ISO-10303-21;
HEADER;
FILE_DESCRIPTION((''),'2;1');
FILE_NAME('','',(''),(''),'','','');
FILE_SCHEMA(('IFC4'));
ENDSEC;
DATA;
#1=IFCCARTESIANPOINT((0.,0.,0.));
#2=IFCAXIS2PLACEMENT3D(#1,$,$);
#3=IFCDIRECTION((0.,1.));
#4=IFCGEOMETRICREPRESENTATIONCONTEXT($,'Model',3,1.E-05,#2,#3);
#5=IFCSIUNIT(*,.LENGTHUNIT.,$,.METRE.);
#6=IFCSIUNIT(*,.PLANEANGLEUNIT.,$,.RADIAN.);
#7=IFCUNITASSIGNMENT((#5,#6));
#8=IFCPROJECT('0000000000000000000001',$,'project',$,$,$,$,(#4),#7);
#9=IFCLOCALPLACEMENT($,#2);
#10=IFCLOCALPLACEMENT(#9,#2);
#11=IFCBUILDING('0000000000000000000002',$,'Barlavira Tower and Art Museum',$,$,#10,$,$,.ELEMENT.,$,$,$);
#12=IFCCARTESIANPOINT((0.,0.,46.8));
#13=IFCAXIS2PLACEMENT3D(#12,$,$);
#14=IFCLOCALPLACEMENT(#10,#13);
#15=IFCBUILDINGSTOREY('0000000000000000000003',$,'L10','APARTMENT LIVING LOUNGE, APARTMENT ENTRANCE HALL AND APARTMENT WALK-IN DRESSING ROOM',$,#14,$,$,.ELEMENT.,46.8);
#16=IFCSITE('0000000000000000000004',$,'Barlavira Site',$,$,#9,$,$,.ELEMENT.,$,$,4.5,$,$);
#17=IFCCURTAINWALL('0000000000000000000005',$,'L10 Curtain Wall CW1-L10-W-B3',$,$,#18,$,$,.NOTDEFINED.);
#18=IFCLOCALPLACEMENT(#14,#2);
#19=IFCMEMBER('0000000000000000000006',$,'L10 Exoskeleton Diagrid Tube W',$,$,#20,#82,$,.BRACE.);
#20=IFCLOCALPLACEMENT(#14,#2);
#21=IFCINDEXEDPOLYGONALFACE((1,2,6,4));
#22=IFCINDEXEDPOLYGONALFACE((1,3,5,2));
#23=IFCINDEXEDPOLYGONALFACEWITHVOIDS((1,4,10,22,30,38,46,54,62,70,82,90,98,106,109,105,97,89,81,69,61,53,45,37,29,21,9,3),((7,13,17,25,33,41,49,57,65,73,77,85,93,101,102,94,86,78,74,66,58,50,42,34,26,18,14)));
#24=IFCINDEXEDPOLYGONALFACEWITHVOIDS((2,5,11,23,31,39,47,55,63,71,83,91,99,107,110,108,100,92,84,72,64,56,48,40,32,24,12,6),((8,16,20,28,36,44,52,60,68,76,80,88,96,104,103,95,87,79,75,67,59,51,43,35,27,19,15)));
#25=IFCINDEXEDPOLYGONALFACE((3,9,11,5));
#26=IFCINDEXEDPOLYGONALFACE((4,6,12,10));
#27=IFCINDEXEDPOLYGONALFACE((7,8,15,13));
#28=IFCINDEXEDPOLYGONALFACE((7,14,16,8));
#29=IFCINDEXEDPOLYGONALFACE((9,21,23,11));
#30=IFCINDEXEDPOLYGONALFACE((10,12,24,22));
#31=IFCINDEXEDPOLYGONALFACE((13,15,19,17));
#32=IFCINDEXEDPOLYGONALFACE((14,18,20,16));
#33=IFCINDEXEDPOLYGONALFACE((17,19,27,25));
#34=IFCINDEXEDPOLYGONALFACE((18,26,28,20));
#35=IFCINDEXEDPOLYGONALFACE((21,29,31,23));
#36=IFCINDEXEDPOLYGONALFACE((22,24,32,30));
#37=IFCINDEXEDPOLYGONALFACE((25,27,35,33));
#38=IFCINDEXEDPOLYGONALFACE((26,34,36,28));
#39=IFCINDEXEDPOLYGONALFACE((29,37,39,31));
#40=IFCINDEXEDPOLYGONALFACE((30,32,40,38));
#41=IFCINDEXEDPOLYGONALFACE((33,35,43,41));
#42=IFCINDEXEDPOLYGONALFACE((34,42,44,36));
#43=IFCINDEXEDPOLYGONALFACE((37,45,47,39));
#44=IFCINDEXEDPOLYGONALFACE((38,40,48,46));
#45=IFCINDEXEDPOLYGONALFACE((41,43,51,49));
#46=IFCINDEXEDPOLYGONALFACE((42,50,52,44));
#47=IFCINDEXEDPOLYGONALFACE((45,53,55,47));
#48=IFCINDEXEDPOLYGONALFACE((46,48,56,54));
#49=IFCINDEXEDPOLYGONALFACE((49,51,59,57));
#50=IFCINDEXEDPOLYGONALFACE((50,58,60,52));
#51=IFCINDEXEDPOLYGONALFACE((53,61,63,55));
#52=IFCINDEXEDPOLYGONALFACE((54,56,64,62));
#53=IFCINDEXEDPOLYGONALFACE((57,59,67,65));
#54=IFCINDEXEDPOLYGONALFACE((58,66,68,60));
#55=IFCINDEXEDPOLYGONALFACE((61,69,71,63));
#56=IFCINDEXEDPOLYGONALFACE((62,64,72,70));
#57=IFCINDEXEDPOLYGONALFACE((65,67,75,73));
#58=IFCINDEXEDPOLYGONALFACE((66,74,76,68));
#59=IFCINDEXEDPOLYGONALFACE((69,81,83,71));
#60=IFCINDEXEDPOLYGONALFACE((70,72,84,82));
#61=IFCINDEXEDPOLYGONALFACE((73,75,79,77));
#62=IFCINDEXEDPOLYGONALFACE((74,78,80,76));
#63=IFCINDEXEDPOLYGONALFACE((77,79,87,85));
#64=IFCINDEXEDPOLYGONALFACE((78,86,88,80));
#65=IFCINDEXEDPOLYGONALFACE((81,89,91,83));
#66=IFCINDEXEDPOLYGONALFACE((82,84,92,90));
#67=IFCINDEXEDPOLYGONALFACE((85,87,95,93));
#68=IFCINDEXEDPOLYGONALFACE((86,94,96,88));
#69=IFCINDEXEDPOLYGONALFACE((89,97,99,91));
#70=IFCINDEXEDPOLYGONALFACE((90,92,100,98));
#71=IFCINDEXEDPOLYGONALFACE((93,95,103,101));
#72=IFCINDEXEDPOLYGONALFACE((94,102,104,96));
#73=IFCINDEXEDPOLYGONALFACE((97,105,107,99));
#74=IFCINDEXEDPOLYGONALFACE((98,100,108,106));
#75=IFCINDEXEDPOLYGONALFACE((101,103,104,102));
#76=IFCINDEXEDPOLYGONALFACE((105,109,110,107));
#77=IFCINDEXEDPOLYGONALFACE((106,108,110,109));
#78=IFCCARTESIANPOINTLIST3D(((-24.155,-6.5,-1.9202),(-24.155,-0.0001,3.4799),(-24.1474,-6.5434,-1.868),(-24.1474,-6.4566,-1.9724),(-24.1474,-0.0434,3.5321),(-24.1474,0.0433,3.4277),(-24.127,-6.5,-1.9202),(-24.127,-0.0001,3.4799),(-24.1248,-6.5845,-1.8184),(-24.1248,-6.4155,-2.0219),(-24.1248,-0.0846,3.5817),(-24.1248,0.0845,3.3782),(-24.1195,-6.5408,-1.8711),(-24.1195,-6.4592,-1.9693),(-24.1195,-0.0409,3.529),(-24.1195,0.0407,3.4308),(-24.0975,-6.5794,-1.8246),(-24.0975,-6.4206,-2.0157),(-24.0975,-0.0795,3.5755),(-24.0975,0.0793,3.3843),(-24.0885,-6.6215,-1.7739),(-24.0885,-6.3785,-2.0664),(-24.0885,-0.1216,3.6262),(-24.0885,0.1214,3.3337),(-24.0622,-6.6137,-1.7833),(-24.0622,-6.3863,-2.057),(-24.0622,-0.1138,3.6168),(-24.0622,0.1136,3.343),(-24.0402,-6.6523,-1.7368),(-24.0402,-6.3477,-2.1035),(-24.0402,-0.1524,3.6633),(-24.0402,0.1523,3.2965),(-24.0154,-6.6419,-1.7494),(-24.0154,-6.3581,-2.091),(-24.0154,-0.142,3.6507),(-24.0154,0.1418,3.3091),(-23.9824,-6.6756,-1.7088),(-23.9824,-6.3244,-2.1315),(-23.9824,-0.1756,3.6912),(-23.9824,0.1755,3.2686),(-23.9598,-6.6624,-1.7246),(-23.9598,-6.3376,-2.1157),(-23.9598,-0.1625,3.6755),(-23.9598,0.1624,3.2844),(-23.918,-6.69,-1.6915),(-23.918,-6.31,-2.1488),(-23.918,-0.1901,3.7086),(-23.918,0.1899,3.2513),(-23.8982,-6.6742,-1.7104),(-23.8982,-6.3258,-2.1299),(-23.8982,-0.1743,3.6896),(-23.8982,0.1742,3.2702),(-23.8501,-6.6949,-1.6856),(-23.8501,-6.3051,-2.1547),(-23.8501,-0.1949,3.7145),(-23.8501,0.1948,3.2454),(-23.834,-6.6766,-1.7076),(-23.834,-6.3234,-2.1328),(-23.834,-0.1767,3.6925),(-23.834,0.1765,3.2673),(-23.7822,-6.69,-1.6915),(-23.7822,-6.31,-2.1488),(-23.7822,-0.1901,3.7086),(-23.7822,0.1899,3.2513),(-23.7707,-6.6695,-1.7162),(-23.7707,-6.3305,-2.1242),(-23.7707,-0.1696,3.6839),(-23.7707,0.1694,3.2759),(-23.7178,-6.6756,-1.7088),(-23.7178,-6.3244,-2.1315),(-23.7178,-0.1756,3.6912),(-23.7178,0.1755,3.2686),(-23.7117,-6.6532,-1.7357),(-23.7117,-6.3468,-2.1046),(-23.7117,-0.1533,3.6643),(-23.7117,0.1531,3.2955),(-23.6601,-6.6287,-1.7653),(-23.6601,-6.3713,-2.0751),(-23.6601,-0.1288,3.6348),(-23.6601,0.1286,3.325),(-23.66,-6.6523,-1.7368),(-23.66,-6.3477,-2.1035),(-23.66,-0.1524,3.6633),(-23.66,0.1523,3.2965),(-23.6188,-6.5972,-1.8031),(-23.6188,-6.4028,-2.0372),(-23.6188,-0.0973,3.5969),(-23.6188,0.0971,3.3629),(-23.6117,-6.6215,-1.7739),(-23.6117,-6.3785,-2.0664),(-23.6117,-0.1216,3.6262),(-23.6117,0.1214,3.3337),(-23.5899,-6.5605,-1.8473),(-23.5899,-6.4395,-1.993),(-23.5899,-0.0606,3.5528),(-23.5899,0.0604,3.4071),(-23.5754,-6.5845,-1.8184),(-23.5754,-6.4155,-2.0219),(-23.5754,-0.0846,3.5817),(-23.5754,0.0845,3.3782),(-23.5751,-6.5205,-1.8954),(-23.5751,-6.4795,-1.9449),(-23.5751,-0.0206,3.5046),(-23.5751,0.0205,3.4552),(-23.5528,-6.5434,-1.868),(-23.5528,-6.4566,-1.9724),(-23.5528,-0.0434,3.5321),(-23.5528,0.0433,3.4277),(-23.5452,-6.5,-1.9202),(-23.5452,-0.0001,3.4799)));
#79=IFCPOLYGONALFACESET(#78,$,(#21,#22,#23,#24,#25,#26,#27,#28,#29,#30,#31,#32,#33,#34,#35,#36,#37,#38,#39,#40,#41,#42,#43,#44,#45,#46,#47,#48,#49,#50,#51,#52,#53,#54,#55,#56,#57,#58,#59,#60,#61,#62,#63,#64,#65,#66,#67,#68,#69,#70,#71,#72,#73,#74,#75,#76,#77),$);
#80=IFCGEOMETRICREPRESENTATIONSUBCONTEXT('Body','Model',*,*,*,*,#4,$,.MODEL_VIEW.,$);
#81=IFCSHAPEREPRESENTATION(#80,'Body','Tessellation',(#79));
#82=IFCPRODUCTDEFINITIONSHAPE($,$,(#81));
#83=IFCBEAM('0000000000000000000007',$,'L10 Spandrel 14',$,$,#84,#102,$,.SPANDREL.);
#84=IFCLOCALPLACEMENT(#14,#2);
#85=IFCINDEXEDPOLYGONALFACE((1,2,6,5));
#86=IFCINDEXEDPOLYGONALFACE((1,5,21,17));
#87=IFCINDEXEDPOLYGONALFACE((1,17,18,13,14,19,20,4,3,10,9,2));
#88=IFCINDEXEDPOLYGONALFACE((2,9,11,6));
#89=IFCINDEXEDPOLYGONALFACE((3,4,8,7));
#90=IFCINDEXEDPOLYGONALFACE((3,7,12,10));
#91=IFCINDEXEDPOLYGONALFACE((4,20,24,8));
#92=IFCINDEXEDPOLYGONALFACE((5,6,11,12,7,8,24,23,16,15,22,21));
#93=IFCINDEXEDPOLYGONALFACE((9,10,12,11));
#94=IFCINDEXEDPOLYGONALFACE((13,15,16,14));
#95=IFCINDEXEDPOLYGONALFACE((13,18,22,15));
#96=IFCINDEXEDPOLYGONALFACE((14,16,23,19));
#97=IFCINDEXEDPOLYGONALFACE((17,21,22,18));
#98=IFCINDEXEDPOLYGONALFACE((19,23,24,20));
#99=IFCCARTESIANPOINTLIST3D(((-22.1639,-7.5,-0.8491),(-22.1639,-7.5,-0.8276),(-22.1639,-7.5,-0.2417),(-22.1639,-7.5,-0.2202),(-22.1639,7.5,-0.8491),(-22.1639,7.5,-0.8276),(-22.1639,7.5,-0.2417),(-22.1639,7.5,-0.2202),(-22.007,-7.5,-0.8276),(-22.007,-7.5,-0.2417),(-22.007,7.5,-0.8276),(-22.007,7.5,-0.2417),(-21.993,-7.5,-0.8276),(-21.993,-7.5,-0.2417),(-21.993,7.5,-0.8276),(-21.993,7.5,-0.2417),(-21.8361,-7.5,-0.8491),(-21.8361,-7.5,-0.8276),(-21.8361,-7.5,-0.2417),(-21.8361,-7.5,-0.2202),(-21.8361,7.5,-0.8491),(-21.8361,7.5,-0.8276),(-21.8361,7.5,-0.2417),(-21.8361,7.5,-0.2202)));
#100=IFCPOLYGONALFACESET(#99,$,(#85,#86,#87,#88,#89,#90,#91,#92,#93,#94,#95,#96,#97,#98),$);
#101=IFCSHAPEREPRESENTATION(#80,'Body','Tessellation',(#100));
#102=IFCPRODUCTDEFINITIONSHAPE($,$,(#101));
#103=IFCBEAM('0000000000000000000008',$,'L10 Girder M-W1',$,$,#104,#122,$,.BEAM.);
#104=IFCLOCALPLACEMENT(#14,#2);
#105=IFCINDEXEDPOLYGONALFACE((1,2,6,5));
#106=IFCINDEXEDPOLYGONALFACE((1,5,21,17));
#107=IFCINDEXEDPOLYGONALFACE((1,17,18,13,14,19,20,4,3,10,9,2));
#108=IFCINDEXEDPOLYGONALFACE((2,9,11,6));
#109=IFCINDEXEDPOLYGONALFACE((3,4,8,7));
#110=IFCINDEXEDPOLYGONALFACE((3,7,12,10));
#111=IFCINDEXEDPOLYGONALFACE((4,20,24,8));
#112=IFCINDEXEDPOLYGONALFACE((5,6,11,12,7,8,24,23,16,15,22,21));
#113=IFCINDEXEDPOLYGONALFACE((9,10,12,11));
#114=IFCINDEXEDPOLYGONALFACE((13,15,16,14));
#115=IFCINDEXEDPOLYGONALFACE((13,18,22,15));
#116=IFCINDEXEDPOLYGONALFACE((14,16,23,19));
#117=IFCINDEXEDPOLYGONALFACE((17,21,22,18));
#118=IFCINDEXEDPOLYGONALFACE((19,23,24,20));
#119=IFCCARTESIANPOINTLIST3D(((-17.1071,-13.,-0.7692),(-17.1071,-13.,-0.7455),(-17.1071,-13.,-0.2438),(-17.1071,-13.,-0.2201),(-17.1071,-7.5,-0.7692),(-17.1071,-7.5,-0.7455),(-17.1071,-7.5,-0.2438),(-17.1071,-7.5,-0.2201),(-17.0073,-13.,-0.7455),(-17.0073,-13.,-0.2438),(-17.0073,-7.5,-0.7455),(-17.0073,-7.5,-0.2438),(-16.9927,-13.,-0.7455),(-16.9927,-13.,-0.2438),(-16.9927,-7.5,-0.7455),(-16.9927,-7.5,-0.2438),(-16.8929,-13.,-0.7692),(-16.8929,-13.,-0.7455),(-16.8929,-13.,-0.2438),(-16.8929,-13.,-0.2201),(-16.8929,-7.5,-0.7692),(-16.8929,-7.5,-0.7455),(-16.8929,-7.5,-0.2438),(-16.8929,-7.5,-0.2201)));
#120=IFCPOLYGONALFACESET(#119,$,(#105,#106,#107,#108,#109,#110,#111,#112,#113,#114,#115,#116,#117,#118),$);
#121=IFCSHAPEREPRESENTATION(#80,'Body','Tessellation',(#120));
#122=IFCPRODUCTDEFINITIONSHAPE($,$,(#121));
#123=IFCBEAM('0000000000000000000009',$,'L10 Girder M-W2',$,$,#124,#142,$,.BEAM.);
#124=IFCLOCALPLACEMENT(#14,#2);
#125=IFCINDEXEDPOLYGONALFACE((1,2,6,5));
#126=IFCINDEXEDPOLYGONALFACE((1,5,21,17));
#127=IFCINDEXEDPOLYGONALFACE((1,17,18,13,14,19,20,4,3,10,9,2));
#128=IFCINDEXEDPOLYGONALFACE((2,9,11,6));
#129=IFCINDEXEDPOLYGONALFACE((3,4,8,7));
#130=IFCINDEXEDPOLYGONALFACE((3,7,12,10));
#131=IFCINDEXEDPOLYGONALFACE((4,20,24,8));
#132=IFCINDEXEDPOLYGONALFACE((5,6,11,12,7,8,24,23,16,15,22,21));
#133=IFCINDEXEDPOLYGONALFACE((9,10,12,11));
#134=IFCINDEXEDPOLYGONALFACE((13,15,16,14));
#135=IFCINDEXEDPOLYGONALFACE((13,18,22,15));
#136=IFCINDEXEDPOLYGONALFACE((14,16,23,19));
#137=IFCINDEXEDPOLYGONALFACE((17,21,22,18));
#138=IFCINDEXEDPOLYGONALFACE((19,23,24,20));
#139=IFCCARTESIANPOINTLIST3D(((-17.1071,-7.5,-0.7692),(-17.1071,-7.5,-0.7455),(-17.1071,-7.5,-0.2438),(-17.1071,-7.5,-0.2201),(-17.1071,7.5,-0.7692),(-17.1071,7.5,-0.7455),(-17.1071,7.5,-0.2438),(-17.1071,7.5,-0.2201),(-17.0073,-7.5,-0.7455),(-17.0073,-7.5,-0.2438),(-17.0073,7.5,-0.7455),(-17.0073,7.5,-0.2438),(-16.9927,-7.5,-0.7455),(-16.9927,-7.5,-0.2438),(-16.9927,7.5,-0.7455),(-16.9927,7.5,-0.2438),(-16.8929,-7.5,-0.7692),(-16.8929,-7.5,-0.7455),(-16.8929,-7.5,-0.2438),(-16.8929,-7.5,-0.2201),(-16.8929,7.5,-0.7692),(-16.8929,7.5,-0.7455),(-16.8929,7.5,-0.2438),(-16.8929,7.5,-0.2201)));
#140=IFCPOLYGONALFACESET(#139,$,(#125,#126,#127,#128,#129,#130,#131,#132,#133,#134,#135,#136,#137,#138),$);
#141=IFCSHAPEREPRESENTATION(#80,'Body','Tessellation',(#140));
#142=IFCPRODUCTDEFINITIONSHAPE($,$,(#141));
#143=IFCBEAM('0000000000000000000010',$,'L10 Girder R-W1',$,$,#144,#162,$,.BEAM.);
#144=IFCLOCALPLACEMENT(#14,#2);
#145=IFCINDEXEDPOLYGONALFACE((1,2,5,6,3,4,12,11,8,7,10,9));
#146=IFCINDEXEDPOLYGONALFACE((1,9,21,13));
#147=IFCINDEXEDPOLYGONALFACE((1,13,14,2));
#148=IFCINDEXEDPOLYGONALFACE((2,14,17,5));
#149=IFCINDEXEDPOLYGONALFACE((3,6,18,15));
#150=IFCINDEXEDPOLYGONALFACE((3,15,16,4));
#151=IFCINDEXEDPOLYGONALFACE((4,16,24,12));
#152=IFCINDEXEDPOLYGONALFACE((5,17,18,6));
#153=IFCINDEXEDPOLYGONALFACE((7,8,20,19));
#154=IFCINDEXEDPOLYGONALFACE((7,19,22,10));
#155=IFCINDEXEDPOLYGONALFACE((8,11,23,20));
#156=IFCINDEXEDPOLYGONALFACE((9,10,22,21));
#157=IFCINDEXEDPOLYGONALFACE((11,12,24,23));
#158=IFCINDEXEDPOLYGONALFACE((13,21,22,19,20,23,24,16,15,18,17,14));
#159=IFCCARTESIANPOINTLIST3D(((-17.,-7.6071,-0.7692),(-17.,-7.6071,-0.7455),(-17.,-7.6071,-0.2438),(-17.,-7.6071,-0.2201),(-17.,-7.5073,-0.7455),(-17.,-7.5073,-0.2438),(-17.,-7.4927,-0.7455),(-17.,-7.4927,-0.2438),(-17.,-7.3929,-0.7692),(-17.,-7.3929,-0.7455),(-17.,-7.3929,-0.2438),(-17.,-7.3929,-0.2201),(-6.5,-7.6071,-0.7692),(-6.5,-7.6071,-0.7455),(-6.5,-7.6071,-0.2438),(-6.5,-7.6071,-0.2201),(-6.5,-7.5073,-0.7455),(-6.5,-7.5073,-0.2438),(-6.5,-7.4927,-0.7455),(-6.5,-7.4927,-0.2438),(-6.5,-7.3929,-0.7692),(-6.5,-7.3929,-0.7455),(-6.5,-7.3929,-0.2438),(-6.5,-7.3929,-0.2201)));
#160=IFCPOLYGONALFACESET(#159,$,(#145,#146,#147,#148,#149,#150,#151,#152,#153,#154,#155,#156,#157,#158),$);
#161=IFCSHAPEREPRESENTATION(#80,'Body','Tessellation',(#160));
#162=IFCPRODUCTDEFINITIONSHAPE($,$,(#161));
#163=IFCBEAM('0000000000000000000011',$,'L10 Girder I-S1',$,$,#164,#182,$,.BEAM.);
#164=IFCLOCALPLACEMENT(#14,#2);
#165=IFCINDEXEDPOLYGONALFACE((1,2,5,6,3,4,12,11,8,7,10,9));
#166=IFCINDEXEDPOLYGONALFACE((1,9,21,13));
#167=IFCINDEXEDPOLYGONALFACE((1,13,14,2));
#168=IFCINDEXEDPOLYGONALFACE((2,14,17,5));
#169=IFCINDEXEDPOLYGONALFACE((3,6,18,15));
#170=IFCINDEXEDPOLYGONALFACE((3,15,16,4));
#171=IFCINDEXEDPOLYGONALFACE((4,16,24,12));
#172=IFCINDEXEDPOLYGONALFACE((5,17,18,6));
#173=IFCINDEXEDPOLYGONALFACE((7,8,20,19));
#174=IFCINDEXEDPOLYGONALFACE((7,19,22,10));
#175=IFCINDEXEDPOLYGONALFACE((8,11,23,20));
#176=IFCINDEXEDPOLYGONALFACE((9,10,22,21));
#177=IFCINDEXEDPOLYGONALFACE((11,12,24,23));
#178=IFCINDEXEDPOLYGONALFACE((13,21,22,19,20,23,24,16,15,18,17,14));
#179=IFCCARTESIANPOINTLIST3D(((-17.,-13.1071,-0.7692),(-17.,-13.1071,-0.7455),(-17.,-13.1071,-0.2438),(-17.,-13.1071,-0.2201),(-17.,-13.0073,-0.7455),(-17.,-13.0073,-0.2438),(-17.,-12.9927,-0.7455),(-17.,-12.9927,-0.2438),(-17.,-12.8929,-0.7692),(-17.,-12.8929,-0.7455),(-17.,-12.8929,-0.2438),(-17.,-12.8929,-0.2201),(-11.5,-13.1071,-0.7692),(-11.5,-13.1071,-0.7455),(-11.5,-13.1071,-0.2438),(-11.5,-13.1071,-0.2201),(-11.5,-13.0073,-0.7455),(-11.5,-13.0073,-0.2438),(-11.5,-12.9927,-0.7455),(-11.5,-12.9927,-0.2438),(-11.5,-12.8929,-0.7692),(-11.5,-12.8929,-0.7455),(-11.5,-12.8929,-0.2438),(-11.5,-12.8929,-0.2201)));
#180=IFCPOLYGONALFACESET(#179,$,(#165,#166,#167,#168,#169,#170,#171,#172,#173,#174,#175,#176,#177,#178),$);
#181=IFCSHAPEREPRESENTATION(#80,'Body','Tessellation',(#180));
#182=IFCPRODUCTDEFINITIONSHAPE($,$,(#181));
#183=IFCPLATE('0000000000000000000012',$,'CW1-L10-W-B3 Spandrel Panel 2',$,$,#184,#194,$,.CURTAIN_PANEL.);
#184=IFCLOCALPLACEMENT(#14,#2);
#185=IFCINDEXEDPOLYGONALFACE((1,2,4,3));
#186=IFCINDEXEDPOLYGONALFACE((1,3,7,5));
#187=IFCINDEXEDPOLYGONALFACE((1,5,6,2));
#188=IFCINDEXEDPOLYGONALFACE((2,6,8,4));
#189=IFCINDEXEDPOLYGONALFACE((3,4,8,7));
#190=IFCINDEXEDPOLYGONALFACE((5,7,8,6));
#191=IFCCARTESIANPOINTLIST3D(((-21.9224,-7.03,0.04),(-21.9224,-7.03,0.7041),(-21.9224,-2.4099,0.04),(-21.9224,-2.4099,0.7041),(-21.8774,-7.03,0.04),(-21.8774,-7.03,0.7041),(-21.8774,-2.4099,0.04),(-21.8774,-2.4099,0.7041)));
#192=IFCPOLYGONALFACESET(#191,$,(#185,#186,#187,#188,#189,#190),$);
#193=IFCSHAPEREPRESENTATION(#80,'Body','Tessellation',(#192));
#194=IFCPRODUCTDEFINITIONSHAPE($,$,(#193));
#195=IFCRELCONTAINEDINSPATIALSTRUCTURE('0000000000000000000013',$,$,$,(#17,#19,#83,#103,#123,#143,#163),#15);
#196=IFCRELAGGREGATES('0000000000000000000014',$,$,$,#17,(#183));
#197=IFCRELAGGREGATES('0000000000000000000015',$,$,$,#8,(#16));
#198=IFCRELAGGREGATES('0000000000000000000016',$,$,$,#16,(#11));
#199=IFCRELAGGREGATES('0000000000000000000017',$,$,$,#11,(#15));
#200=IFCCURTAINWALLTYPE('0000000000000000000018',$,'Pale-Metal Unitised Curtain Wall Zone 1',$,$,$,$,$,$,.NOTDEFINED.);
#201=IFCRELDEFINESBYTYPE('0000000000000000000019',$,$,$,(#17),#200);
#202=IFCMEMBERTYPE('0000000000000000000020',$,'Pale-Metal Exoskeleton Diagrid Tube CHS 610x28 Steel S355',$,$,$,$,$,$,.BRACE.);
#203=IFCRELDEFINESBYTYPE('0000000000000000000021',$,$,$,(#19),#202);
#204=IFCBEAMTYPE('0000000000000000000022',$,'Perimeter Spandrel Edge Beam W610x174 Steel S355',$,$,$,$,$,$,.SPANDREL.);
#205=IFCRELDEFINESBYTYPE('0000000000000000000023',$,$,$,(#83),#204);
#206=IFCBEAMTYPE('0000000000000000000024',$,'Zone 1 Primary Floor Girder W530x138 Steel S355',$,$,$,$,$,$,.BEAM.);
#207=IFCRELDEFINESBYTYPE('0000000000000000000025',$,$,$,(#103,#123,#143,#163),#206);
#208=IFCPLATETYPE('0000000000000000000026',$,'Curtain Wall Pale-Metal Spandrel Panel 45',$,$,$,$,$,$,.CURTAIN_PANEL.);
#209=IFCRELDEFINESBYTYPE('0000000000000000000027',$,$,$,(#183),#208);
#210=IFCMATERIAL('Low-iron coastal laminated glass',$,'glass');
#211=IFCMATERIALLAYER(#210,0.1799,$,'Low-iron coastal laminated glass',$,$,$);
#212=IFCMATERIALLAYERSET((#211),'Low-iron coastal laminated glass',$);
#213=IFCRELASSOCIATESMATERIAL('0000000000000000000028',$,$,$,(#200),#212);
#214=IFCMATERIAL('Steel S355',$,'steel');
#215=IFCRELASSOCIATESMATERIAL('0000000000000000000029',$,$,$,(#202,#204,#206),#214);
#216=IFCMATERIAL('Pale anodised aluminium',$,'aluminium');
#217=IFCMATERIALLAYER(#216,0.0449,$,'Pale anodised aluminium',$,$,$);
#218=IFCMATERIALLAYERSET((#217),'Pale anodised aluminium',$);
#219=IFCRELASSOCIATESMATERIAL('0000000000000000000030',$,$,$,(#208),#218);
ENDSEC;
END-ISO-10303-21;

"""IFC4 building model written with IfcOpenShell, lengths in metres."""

from ifc_helpers import new_model, si_unit, direction, frame, origin, origin_2d, place, context, subcontext, project, spatial, rectangle, hollow_circle, i_section, extrude, material, layer, layer_set, material_profile, profile_set, type_object, element, aggregate, save


model = new_model("IFC4")

# Units and contexts
model_context = context("Model", 3, precision=1e-05, world=origin(), true_north=direction((0.0, 1.0)))
body_context = subcontext(model_context, "Body", "Model", "MODEL_VIEW")
ifc_project = project(units=[si_unit("LENGTHUNIT", "METRE"), si_unit("PLANEANGLEUNIT", "RADIAN")], contexts=[model_context])

# Site, building, storey
site_placement = place(None, origin())
site = spatial("IfcSite", under=ifc_project, at=site_placement, Name="Barlavira Site", CompositionType="ELEMENT", RefElevation=4.5)
building_placement = place(site_placement, origin())
building = spatial("IfcBuilding", under=site, at=building_placement, Name="Barlavira Tower and Art Museum", CompositionType="ELEMENT")
storey_placement = place(building_placement, frame((0.0, 0.0, 46.8)))
storey = spatial("IfcBuildingStorey", under=building, at=storey_placement, Name="L10", Description="APARTMENT LIVING LOUNGE, APARTMENT ENTRANCE HALL AND APARTMENT WALK-IN DRESSING ROOM", CompositionType="ELEMENT", Elevation=46.8)

# Curtain wall
ifc_material_1 = material(Name="Low-iron coastal laminated glass", Category="glass")
ifc_layer_1 = layer(ifc_material_1, 0.1799, Name="Low-iron coastal laminated glass")
ifc_layer_set_1 = layer_set([ifc_layer_1], Name="Low-iron coastal laminated glass")
curtain_wall_type = type_object("IfcCurtainWallType", Name="Pale-Metal Unitised Curtain Wall Zone 1", PredefinedType="NOTDEFINED", material=ifc_layer_set_1)
curtain_wall_placement = place(storey_placement, origin())
curtain_wall = element("IfcCurtainWall", 1, at=curtain_wall_placement, inside=storey, type_object=curtain_wall_type, Name="L10 Curtain Wall CW1-L10-W-B3", PredefinedType="NOTDEFINED")
ifc_material_2 = material(Name="Pale anodised aluminium", Category="aluminium")

# Member
ifc_material_3 = material(Name="Steel S355", Category="steel")
ifc_material_profile_1 = material_profile(ifc_material_3, hollow_circle(Radius=0.3049, WallThickness=0.0281, at=origin_2d()), Name="CHS 610.0x28.0")
ifc_profile_set_1 = profile_set([ifc_material_profile_1], Name="Steel S355")
member_type_1 = type_object("IfcMemberType", Name="Pale-Metal Exoskeleton Diagrid Tube CHS 610x28 Steel S355", PredefinedType="BRACE", material=ifc_profile_set_1)
for number, where, z_axis, x_axis, name in (
    (2, (-23.8501, -6.5, -1.9202), (0.0, 0.769182, 0.63903), (-1.0, 0.0, 0.0), "L10 Exoskeleton Diagrid Tube W"),
):
    element("IfcMember", number, at=place(storey_placement, frame(where, z_axis=z_axis, x_axis=x_axis)), inside=storey, type_object=member_type_1, Name=name, PredefinedType="BRACE", context=body_context, shape_type="SweptSolid", body=[
        extrude(hollow_circle(Radius=0.3049, WallThickness=0.0281, at=origin_2d()), origin(), (0.0, 0.0, 1.0), 8.4504),
    ])

# Beams
ifc_material_profile_2 = material_profile(ifc_material_3, i_section(OverallWidth=0.3279, OverallDepth=0.6289, WebThickness=0.0139, FlangeThickness=0.0215, at=origin_2d()), Name="W610x174.0")
ifc_profile_set_2 = profile_set([ifc_material_profile_2], Name="Steel S355")
beam_type_1 = type_object("IfcBeamType", Name="Perimeter Spandrel Edge Beam W610x174 Steel S355", PredefinedType="SPANDREL", material=ifc_profile_set_2)
beam_1_placement = place(storey_placement, frame((-22.0, -7.5, -0.5347), z_axis=(0.0, 1.0, 0.0), x_axis=(-1.0, 0.0, 0.0)))
element("IfcBeam", 3, at=beam_1_placement, inside=storey, type_object=beam_type_1, Name="L10 Spandrel 14", PredefinedType="SPANDREL", context=body_context, shape_type="SweptSolid", body=[
    extrude(i_section(OverallWidth=0.3279, OverallDepth=0.6289, WebThickness=0.0139, FlangeThickness=0.0215, at=origin_2d()), origin(), (0.0, 0.0, 1.0), 15.0),
])
ifc_material_profile_3 = material_profile(ifc_material_3, i_section(OverallWidth=0.2141, OverallDepth=0.5491, WebThickness=0.0146, FlangeThickness=0.0237, at=origin_2d()), Name="W530x138.0")
ifc_profile_set_3 = profile_set([ifc_material_profile_3], Name="Steel S355")
beam_type_2 = type_object("IfcBeamType", Name="Zone 1 Primary Floor Girder W530x138 Steel S355", PredefinedType="BEAM", material=ifc_profile_set_3)
beam_2_placement = place(storey_placement, frame((-17.0, -13.0, -0.4946), z_axis=(0.0, 1.0, 0.0), x_axis=(-1.0, 0.0, 0.0)))
element("IfcBeam", 4, at=beam_2_placement, inside=storey, type_object=beam_type_2, Name="L10 Girder M-W1", PredefinedType="BEAM", context=body_context, shape_type="SweptSolid", body=[
    extrude(i_section(OverallWidth=0.2141, OverallDepth=0.5491, WebThickness=0.0146, FlangeThickness=0.0237, at=origin_2d()), origin(), (0.0, 0.0, 1.0), 5.5),
])
beam_3_placement = place(storey_placement, frame((-17.0, -7.5, -0.4946), z_axis=(0.0, 1.0, 0.0), x_axis=(-1.0, 0.0, 0.0)))
element("IfcBeam", 5, at=beam_3_placement, inside=storey, type_object=beam_type_2, Name="L10 Girder M-W2", PredefinedType="BEAM", context=body_context, shape_type="SweptSolid", body=[
    extrude(i_section(OverallWidth=0.2141, OverallDepth=0.5491, WebThickness=0.0146, FlangeThickness=0.0237, at=origin_2d()), origin(), (0.0, 0.0, 1.0), 15.0),
])
beam_4_placement = place(storey_placement, frame((-17.0, -7.5, -0.4946), z_axis=(1.0, 0.0, 0.0), x_axis=(0.0, 1.0, 0.0)))
element("IfcBeam", 6, at=beam_4_placement, inside=storey, type_object=beam_type_2, Name="L10 Girder R-W1", PredefinedType="BEAM", context=body_context, shape_type="SweptSolid", body=[
    extrude(i_section(OverallWidth=0.2141, OverallDepth=0.5491, WebThickness=0.0146, FlangeThickness=0.0237, at=origin_2d()), origin(), (0.0, 0.0, 1.0), 10.5),
])
beam_5_placement = place(storey_placement, frame((-17.0, -13.0, -0.4946), z_axis=(1.0, 0.0, 0.0), x_axis=(0.0, 1.0, 0.0)))
element("IfcBeam", 7, at=beam_5_placement, inside=storey, type_object=beam_type_2, Name="L10 Girder I-S1", PredefinedType="BEAM", context=body_context, shape_type="SweptSolid", body=[
    extrude(i_section(OverallWidth=0.2141, OverallDepth=0.5491, WebThickness=0.0146, FlangeThickness=0.0237, at=origin_2d()), origin(), (0.0, 0.0, 1.0), 5.5),
])

# Plate
ifc_layer_2 = layer(ifc_material_2, 0.0449, Name="Pale anodised aluminium")
ifc_layer_set_2 = layer_set([ifc_layer_2], Name="Pale anodised aluminium")
plate_type_1 = type_object("IfcPlateType", Name="Curtain Wall Pale-Metal Spandrel Panel 45", PredefinedType="CURTAIN_PANEL", material=ifc_layer_set_2)
plate_1_placement = place(storey_placement, frame((-21.8999, -4.72, 0.04), z_axis=(0.0, 0.0, 1.0), x_axis=(0.0, -1.0, 0.0)))
plate_1 = element("IfcPlate", 8, at=plate_1_placement, type_object=plate_type_1, Name="CW1-L10-W-B3 Spandrel Panel 2", PredefinedType="CURTAIN_PANEL", context=body_context, shape_type="SweptSolid", body=[
    extrude(rectangle(XDim=4.6201, YDim=0.0449, at=origin_2d()), origin(), (0.0, 0.0, 1.0), 0.6641),
])
aggregate(curtain_wall, [plate_1])

save(model, "model.ifc")
